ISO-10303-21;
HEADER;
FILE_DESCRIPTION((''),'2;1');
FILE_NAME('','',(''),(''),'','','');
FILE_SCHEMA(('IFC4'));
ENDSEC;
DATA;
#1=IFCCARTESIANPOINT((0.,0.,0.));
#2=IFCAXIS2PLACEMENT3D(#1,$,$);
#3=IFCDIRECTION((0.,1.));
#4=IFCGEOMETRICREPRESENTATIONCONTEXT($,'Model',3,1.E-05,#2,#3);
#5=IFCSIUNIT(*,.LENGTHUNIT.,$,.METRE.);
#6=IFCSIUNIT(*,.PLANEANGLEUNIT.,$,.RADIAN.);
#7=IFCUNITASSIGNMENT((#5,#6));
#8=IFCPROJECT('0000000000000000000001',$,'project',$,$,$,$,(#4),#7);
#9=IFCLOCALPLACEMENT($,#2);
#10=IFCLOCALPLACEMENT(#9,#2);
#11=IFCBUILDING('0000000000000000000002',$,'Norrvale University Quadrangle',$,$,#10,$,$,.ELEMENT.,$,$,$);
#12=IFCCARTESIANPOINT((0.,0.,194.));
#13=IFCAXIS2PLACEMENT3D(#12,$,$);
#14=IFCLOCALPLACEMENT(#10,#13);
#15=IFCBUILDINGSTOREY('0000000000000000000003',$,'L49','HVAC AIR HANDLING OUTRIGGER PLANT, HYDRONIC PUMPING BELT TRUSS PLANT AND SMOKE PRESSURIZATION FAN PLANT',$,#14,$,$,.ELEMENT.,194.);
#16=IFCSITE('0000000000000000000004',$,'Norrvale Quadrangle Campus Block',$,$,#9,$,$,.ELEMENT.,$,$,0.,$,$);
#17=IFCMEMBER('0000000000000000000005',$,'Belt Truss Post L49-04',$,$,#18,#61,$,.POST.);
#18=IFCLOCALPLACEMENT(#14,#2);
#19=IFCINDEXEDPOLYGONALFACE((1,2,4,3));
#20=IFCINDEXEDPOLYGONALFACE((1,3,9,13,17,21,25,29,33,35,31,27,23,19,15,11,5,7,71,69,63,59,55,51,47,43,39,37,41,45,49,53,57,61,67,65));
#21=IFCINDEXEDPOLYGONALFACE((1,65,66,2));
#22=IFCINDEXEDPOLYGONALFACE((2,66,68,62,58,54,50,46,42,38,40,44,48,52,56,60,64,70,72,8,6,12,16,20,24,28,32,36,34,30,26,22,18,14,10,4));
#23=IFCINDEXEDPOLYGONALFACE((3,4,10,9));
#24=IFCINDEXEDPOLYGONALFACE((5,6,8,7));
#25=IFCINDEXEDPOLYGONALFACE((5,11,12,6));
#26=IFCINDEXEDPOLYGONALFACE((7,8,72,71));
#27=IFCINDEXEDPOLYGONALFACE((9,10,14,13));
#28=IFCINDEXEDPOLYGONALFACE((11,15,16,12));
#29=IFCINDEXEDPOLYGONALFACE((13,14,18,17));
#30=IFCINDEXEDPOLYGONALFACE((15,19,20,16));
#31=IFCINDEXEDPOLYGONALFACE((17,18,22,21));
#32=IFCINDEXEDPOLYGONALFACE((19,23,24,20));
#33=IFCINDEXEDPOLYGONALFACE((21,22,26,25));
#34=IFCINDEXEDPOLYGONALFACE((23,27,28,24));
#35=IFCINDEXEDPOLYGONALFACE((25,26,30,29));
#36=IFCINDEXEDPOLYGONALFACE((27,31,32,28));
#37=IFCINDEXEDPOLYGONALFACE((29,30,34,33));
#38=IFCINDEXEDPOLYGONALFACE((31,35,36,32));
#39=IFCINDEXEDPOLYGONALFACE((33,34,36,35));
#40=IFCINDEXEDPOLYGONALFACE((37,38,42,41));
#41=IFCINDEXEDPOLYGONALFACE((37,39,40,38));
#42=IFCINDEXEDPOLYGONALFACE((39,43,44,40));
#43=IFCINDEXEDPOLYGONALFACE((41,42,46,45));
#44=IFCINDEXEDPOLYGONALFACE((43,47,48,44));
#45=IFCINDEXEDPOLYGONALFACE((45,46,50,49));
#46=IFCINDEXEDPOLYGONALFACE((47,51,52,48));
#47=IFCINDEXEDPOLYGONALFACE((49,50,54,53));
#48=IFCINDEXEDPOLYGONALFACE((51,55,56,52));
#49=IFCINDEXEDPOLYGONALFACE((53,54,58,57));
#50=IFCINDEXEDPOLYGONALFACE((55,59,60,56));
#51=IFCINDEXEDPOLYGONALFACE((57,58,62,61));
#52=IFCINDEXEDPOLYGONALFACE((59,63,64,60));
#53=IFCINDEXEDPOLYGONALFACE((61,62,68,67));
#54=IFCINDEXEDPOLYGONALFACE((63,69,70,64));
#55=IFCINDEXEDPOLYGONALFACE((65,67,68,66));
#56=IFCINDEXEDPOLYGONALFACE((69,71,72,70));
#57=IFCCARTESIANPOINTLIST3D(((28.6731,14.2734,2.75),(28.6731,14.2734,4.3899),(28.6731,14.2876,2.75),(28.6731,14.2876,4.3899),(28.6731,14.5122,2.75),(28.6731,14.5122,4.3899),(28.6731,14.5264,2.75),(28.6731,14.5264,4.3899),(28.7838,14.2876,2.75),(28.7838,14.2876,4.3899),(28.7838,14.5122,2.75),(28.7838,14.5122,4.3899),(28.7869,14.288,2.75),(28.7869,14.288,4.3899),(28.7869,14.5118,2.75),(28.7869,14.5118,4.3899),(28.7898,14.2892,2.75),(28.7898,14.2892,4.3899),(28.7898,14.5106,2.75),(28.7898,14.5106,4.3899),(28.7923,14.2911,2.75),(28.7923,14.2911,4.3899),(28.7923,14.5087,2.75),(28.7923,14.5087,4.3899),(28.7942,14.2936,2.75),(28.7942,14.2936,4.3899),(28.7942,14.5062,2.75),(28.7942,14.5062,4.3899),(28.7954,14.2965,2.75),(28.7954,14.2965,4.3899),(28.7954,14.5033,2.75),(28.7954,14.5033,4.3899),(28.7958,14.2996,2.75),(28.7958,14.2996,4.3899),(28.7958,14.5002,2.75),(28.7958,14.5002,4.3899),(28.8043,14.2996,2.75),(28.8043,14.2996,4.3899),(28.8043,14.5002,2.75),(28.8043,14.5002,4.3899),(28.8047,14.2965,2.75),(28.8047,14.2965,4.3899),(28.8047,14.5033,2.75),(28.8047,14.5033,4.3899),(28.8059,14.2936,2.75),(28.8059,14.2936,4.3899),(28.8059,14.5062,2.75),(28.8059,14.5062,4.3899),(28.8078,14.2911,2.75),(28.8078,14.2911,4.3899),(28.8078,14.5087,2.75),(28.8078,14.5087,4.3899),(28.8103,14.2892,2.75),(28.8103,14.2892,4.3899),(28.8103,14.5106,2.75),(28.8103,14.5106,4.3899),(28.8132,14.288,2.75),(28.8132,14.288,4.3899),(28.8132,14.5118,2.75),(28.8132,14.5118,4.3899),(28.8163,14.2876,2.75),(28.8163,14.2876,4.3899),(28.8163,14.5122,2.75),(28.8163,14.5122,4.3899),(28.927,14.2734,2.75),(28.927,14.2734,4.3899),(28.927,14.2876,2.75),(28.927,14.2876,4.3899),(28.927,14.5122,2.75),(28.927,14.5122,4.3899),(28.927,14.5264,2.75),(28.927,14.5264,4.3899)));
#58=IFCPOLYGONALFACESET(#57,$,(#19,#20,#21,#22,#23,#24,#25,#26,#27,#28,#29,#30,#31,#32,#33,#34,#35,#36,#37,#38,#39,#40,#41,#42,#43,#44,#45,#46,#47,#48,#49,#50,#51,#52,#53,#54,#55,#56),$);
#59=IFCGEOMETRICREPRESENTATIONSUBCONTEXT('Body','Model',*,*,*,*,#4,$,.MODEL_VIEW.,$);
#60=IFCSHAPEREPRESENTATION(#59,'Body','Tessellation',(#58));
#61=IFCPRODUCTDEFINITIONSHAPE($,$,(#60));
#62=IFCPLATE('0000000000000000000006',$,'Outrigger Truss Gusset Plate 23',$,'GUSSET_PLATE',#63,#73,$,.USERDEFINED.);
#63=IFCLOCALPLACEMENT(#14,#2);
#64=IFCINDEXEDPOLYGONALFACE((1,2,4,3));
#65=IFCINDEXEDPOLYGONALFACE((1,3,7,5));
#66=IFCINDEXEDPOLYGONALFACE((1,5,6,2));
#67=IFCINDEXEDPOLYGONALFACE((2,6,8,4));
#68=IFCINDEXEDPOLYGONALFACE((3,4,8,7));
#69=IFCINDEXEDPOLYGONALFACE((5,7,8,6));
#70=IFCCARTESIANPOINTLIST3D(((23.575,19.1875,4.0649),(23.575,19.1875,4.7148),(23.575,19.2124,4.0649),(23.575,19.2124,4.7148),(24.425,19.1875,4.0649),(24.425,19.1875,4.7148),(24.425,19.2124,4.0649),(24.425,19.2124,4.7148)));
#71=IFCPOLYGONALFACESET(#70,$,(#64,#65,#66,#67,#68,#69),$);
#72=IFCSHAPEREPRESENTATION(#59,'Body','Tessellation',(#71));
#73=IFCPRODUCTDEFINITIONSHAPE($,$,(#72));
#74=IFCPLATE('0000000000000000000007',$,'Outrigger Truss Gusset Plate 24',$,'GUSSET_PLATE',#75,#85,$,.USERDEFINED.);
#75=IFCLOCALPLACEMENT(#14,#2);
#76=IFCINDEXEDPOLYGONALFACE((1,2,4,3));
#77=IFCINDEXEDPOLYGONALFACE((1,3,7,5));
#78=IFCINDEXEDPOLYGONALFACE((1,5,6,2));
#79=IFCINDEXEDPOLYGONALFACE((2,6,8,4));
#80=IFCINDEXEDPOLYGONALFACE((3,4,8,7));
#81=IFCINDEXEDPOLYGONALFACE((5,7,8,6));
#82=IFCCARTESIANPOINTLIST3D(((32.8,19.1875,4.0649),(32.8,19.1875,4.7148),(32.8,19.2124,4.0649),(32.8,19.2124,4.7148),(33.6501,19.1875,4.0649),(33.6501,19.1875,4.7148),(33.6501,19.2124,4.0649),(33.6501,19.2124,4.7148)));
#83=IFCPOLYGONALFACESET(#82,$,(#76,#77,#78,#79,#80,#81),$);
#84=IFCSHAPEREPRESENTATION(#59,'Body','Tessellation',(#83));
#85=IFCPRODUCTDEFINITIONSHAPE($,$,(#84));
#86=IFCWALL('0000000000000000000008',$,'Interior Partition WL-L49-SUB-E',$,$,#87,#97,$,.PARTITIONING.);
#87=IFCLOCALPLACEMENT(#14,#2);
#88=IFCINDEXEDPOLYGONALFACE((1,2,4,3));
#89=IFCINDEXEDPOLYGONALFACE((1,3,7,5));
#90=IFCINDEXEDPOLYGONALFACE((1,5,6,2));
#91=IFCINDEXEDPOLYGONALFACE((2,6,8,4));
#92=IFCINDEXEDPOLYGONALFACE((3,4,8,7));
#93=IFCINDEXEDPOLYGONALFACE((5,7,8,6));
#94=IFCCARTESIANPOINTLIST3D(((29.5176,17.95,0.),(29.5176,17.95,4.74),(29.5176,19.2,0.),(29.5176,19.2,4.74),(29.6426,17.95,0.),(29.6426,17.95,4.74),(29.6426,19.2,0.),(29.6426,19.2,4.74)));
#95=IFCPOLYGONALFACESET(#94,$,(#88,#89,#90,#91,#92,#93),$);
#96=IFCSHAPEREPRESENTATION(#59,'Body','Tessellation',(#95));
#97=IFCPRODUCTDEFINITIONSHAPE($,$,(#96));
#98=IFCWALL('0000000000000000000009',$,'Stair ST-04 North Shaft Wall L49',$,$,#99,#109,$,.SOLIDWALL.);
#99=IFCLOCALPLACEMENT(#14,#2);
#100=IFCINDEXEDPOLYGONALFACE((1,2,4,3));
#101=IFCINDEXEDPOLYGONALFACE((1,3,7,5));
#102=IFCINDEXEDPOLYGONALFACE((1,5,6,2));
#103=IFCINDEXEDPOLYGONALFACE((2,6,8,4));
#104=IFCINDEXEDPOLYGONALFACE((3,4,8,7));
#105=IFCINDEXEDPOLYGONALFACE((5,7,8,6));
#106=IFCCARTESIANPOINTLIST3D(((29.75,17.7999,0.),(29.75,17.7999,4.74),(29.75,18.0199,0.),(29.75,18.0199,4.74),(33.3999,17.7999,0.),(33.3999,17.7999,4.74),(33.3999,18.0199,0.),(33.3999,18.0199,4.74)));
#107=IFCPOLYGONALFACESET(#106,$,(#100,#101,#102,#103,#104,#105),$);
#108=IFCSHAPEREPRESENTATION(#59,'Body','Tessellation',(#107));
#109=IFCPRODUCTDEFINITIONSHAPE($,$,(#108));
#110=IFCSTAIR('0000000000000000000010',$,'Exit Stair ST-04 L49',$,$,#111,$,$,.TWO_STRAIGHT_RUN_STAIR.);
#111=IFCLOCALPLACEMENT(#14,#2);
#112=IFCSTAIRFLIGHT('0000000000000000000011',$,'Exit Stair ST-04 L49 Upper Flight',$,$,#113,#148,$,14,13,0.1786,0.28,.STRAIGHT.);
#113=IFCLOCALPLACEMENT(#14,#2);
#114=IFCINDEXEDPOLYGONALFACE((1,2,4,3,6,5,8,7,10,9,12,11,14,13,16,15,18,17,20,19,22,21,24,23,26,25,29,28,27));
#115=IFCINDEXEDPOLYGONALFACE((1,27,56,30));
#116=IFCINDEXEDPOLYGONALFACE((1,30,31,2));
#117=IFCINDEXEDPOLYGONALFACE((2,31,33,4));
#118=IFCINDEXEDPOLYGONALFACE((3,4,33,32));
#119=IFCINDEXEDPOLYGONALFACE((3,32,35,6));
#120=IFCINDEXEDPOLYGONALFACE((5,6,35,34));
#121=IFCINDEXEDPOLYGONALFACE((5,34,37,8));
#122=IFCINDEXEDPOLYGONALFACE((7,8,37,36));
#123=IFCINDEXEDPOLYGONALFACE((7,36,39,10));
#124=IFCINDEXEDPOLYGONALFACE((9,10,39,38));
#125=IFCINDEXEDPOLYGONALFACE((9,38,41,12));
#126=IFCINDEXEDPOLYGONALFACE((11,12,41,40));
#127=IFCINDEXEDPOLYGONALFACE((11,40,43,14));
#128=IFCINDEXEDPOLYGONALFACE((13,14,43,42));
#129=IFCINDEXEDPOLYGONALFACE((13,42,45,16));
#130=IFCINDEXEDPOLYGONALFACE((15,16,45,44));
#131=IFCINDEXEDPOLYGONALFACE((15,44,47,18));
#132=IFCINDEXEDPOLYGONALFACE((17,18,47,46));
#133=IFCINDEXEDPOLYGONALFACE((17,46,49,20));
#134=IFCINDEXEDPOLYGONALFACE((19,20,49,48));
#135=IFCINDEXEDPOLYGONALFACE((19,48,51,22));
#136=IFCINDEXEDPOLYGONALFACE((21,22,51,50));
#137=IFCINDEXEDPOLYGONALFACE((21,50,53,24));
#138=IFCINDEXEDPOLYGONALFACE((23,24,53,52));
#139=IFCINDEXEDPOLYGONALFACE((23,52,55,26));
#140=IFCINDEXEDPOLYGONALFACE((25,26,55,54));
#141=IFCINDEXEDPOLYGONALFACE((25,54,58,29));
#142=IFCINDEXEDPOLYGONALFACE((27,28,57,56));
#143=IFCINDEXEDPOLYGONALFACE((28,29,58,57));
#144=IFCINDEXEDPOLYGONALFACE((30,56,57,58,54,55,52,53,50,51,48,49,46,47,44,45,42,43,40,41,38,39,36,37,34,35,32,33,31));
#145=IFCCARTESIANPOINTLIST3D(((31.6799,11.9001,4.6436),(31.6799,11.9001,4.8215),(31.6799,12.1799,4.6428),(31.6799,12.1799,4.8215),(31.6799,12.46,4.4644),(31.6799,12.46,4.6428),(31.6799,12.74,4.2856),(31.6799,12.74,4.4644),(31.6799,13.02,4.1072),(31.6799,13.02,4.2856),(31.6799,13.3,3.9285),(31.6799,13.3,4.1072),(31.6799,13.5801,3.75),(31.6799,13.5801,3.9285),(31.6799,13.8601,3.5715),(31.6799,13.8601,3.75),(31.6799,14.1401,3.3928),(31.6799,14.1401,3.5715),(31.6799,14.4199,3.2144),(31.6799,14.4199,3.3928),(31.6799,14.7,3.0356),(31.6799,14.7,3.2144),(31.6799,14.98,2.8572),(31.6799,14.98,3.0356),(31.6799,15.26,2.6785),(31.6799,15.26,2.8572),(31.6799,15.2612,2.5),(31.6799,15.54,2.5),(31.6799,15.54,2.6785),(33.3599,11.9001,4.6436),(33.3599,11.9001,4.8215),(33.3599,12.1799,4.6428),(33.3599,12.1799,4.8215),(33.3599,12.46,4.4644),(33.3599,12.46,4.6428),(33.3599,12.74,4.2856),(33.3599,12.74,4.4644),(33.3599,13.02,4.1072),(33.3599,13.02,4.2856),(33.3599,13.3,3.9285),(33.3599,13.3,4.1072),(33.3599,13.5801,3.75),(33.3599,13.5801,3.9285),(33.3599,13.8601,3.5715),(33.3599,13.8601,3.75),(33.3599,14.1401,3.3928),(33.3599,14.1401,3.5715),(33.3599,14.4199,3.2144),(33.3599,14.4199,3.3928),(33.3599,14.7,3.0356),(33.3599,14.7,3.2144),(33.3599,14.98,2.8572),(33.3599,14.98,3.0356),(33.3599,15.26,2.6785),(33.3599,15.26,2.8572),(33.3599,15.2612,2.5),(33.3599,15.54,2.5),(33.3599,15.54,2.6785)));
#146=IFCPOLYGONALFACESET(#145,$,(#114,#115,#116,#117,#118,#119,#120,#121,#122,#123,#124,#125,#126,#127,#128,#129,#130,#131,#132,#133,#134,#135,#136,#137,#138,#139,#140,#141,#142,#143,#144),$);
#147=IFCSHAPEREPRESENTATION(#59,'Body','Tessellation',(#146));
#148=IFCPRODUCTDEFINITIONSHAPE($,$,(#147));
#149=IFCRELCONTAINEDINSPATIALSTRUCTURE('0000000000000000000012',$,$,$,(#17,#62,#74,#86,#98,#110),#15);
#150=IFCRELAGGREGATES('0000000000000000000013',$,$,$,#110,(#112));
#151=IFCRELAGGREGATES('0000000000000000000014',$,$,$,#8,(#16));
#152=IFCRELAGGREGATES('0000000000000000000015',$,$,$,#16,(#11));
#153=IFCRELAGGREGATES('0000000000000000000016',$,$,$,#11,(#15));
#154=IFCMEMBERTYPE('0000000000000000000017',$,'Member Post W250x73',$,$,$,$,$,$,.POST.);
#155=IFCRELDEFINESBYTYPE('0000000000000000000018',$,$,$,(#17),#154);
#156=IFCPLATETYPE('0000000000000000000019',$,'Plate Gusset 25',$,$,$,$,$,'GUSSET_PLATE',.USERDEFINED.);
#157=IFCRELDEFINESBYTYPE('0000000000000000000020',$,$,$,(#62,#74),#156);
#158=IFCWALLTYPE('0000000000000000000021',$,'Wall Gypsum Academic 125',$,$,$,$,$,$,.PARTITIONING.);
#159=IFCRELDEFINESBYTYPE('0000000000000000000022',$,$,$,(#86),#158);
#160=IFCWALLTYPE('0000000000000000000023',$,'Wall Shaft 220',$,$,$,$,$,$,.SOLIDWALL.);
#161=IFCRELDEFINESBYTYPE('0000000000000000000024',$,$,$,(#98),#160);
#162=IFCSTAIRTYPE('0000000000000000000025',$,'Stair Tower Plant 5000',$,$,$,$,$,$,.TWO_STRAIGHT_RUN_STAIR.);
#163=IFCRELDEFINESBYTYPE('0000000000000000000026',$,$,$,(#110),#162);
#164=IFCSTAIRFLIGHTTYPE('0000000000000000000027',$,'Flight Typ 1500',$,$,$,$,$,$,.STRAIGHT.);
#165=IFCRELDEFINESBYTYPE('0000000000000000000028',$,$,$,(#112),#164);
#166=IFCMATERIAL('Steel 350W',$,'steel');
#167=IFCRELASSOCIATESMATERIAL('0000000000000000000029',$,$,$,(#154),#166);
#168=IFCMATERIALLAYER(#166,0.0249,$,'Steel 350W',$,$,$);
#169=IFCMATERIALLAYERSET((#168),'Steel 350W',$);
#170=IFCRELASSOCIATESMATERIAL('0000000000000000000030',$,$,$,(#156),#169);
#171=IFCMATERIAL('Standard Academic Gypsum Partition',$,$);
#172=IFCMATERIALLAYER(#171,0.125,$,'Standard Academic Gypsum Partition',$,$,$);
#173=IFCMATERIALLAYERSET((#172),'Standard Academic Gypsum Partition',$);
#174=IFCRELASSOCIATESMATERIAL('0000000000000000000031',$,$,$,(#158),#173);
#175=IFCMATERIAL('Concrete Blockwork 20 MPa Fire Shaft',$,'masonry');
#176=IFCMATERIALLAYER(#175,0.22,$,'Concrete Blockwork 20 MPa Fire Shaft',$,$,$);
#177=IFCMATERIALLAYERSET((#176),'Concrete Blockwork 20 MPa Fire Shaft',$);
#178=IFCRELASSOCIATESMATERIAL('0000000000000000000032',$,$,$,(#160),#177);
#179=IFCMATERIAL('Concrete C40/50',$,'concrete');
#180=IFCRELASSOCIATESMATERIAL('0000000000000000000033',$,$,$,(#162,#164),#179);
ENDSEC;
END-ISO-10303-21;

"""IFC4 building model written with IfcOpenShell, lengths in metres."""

from ifc_helpers import new_model, si_unit, direction, frame, frame_2d, origin, origin_2d, place, context, subcontext, project, spatial, polyline, rectangle, i_section, outline, extrude, material, layer, layer_set, material_profile, profile_set, type_object, element, aggregate, save


model = new_model("IFC4")

# Units and contexts
model_context = context("Model", 3, precision=1e-05, world=origin(), true_north=direction((0.0, 1.0)))
body_context = subcontext(model_context, "Body", "Model", "MODEL_VIEW")
ifc_project = project(units=[si_unit("LENGTHUNIT", "METRE"), si_unit("PLANEANGLEUNIT", "RADIAN")], contexts=[model_context])

# Site, building, storey
site_placement = place(None, origin())
site = spatial("IfcSite", under=ifc_project, at=site_placement, Name="Norrvale Quadrangle Campus Block", CompositionType="ELEMENT", RefElevation=0.0)
building_placement = place(site_placement, origin())
building = spatial("IfcBuilding", under=site, at=building_placement, Name="Norrvale University Quadrangle", CompositionType="ELEMENT")
storey_placement = place(building_placement, frame((0.0, 0.0, 194.0)))
storey = spatial("IfcBuildingStorey", under=building, at=storey_placement, Name="L49", Description="HVAC AIR HANDLING OUTRIGGER PLANT, HYDRONIC PUMPING BELT TRUSS PLANT AND SMOKE PRESSURIZATION FAN PLANT", CompositionType="ELEMENT", Elevation=194.0)

# Shared definitions
ifc_material_1 = material(Name="Steel 350W", Category="steel")

# Member
ifc_material_profile_1 = material_profile(ifc_material_1, i_section(OverallWidth=0.2539, OverallDepth=0.2529, WebThickness=0.0085, FlangeThickness=0.0142, FilletRadius=0.012, at=origin_2d()), Name="Steel 350W")
ifc_profile_set_1 = profile_set([ifc_material_profile_1], Name="Steel 350W")
member_type_1 = type_object("IfcMemberType", Name="Member Post W250x73", PredefinedType="POST", material=ifc_profile_set_1)
member_1_placement = place(storey_placement, frame((28.8, 14.3999, 2.75), z_axis=(0.0, 0.0, 1.0), x_axis=(1.0, 0.0, 0.0)))
element("IfcMember", 1, at=member_1_placement, inside=storey, type_object=member_type_1, Name="Belt Truss Post L49-04", PredefinedType="POST", context=body_context, shape_type="SweptSolid", body=[
    extrude(i_section(OverallWidth=0.2539, OverallDepth=0.2529, WebThickness=0.0085, FlangeThickness=0.0142, FilletRadius=0.012, at=origin_2d()), origin(), (0.0, 0.0, 1.0), 1.6399),
])

# Plates
ifc_layer_1 = layer(ifc_material_1, 0.0249, Name="Steel 350W")
ifc_layer_set_1 = layer_set([ifc_layer_1], Name="Steel 350W")
plate_type = type_object("IfcPlateType", Name="Plate Gusset 25", ElementType="GUSSET_PLATE", PredefinedType="USERDEFINED", material=ifc_layer_set_1)
for number, where, z_axis, x_axis, name in (
    (2, (24.0, 19.2, 4.0649), (0.0, 0.0, 1.0), (1.0, 0.0, 0.0), "Outrigger Truss Gusset Plate 23"),
    (3, (33.2251, 19.2, 4.0649), (0.0, 0.0, 1.0), (1.0, 0.0, 0.0), "Outrigger Truss Gusset Plate 24"),
):
    element("IfcPlate", number, at=place(storey_placement, frame(where, z_axis=z_axis, x_axis=x_axis)), inside=storey, type_object=plate_type, Name=name, ObjectType="GUSSET_PLATE", PredefinedType="USERDEFINED", context=body_context, shape_type="SweptSolid", body=[
        extrude(rectangle(XDim=0.8501, YDim=0.0249, at=origin_2d()), origin(), (0.0, 0.0, 1.0), 0.6499),
    ])

# Walls
ifc_material_2 = material(Name="Standard Academic Gypsum Partition")
ifc_layer_2 = layer(ifc_material_2, 0.125, Name="Standard Academic Gypsum Partition")
ifc_layer_set_2 = layer_set([ifc_layer_2], Name="Standard Academic Gypsum Partition")
wall_type_1 = type_object("IfcWallType", Name="Wall Gypsum Academic 125", PredefinedType="PARTITIONING", material=ifc_layer_set_2)
wall_1_placement = place(storey_placement, frame((29.5801, 17.95, 0.0), z_axis=(0.0, 0.0, 1.0), x_axis=(0.0, 1.0, 0.0)))
element("IfcWall", 4, at=wall_1_placement, inside=storey, type_object=wall_type_1, Name="Interior Partition WL-L49-SUB-E", PredefinedType="PARTITIONING", context=body_context, shape_type="SweptSolid", body=[
    extrude(rectangle(XDim=1.25, YDim=0.125, at=frame_2d((0.625, 0.0))), origin(), (0.0, 0.0, 1.0), 4.74),
])
ifc_material_3 = material(Name="Concrete Blockwork 20 MPa Fire Shaft", Category="masonry")
ifc_layer_3 = layer(ifc_material_3, 0.22, Name="Concrete Blockwork 20 MPa Fire Shaft")
ifc_layer_set_3 = layer_set([ifc_layer_3], Name="Concrete Blockwork 20 MPa Fire Shaft")
wall_type_2 = type_object("IfcWallType", Name="Wall Shaft 220", PredefinedType="SOLIDWALL", material=ifc_layer_set_3)
wall_2_placement = place(storey_placement, frame((29.75, 17.9099, 0.0), z_axis=(0.0, 0.0, 1.0), x_axis=(1.0, 0.0, 0.0)))
element("IfcWall", 5, at=wall_2_placement, inside=storey, type_object=wall_type_2, Name="Stair ST-04 North Shaft Wall L49", PredefinedType="SOLIDWALL", context=body_context, shape_type="SweptSolid", body=[
    extrude(rectangle(XDim=3.6499, YDim=0.22, at=frame_2d((1.825, 0.0))), origin(), (0.0, 0.0, 1.0), 4.74),
])

# Stair, stair flight
ifc_material_4 = material(Name="Concrete C40/50", Category="concrete")
stair_type = type_object("IfcStairType", Name="Stair Tower Plant 5000", PredefinedType="TWO_STRAIGHT_RUN_STAIR", material=ifc_material_4)
stair_placement = place(storey_placement, origin())
stair = element("IfcStair", 6, at=stair_placement, inside=storey, type_object=stair_type, Name="Exit Stair ST-04 L49", PredefinedType="TWO_STRAIGHT_RUN_STAIR")
stair_flight_type = type_object("IfcStairFlightType", Name="Flight Typ 1500", PredefinedType="STRAIGHT", material=ifc_material_4)
stair_flight_placement = place(storey_placement, frame((32.52, 15.54, 2.5), z_axis=(0.0, 0.0, 1.0), x_axis=(0.0, -1.0, 0.0)))
stair_flight = element("IfcStairFlight", 7, at=stair_flight_placement, type_object=stair_flight_type, Name="Exit Stair ST-04 L49 Upper Flight", NumberOfRisers=14, NumberOfTreads=13, PredefinedType="STRAIGHT", RiserHeight=0.1786, TreadLength=0.28, context=body_context, shape_type="SweptSolid", body=[
    extrude(outline(polyline([(0.0, 0.0), (0.0, 0.1785), (0.28, 0.1785), (0.28, 0.3572), (0.5601, 0.3572), (0.5601, 0.5356), (0.8401, 0.5356), (0.8401, 0.7144), (1.1201, 0.7144), (1.1201, 0.8928), (1.3999, 0.8928), (1.3999, 1.0715), (1.6799, 1.0715), (1.6799, 1.25), (1.96, 1.25), (1.96, 1.4285), (2.24, 1.4285), (2.24, 1.6072), (2.52, 1.6072), (2.52, 1.7856), (2.8, 1.7856), (2.8, 1.9644), (3.0801, 1.9644), (3.0801, 2.1428), (3.3601, 2.1428), (3.3601, 2.3215), (3.6399, 2.3215), (3.6399, 2.5), (3.6399, 2.1436), (0.2788, 0.0), (0.0, 0.0)])), frame((0.0, 0.8398, 0.0), z_axis=(0.0, -1.0, 0.0), x_axis=(1.0, 0.0, 0.0)), (0.0, 0.0, 1.0), 1.6799),
])
aggregate(stair, [stair_flight])

save(model, "model.ifc")
